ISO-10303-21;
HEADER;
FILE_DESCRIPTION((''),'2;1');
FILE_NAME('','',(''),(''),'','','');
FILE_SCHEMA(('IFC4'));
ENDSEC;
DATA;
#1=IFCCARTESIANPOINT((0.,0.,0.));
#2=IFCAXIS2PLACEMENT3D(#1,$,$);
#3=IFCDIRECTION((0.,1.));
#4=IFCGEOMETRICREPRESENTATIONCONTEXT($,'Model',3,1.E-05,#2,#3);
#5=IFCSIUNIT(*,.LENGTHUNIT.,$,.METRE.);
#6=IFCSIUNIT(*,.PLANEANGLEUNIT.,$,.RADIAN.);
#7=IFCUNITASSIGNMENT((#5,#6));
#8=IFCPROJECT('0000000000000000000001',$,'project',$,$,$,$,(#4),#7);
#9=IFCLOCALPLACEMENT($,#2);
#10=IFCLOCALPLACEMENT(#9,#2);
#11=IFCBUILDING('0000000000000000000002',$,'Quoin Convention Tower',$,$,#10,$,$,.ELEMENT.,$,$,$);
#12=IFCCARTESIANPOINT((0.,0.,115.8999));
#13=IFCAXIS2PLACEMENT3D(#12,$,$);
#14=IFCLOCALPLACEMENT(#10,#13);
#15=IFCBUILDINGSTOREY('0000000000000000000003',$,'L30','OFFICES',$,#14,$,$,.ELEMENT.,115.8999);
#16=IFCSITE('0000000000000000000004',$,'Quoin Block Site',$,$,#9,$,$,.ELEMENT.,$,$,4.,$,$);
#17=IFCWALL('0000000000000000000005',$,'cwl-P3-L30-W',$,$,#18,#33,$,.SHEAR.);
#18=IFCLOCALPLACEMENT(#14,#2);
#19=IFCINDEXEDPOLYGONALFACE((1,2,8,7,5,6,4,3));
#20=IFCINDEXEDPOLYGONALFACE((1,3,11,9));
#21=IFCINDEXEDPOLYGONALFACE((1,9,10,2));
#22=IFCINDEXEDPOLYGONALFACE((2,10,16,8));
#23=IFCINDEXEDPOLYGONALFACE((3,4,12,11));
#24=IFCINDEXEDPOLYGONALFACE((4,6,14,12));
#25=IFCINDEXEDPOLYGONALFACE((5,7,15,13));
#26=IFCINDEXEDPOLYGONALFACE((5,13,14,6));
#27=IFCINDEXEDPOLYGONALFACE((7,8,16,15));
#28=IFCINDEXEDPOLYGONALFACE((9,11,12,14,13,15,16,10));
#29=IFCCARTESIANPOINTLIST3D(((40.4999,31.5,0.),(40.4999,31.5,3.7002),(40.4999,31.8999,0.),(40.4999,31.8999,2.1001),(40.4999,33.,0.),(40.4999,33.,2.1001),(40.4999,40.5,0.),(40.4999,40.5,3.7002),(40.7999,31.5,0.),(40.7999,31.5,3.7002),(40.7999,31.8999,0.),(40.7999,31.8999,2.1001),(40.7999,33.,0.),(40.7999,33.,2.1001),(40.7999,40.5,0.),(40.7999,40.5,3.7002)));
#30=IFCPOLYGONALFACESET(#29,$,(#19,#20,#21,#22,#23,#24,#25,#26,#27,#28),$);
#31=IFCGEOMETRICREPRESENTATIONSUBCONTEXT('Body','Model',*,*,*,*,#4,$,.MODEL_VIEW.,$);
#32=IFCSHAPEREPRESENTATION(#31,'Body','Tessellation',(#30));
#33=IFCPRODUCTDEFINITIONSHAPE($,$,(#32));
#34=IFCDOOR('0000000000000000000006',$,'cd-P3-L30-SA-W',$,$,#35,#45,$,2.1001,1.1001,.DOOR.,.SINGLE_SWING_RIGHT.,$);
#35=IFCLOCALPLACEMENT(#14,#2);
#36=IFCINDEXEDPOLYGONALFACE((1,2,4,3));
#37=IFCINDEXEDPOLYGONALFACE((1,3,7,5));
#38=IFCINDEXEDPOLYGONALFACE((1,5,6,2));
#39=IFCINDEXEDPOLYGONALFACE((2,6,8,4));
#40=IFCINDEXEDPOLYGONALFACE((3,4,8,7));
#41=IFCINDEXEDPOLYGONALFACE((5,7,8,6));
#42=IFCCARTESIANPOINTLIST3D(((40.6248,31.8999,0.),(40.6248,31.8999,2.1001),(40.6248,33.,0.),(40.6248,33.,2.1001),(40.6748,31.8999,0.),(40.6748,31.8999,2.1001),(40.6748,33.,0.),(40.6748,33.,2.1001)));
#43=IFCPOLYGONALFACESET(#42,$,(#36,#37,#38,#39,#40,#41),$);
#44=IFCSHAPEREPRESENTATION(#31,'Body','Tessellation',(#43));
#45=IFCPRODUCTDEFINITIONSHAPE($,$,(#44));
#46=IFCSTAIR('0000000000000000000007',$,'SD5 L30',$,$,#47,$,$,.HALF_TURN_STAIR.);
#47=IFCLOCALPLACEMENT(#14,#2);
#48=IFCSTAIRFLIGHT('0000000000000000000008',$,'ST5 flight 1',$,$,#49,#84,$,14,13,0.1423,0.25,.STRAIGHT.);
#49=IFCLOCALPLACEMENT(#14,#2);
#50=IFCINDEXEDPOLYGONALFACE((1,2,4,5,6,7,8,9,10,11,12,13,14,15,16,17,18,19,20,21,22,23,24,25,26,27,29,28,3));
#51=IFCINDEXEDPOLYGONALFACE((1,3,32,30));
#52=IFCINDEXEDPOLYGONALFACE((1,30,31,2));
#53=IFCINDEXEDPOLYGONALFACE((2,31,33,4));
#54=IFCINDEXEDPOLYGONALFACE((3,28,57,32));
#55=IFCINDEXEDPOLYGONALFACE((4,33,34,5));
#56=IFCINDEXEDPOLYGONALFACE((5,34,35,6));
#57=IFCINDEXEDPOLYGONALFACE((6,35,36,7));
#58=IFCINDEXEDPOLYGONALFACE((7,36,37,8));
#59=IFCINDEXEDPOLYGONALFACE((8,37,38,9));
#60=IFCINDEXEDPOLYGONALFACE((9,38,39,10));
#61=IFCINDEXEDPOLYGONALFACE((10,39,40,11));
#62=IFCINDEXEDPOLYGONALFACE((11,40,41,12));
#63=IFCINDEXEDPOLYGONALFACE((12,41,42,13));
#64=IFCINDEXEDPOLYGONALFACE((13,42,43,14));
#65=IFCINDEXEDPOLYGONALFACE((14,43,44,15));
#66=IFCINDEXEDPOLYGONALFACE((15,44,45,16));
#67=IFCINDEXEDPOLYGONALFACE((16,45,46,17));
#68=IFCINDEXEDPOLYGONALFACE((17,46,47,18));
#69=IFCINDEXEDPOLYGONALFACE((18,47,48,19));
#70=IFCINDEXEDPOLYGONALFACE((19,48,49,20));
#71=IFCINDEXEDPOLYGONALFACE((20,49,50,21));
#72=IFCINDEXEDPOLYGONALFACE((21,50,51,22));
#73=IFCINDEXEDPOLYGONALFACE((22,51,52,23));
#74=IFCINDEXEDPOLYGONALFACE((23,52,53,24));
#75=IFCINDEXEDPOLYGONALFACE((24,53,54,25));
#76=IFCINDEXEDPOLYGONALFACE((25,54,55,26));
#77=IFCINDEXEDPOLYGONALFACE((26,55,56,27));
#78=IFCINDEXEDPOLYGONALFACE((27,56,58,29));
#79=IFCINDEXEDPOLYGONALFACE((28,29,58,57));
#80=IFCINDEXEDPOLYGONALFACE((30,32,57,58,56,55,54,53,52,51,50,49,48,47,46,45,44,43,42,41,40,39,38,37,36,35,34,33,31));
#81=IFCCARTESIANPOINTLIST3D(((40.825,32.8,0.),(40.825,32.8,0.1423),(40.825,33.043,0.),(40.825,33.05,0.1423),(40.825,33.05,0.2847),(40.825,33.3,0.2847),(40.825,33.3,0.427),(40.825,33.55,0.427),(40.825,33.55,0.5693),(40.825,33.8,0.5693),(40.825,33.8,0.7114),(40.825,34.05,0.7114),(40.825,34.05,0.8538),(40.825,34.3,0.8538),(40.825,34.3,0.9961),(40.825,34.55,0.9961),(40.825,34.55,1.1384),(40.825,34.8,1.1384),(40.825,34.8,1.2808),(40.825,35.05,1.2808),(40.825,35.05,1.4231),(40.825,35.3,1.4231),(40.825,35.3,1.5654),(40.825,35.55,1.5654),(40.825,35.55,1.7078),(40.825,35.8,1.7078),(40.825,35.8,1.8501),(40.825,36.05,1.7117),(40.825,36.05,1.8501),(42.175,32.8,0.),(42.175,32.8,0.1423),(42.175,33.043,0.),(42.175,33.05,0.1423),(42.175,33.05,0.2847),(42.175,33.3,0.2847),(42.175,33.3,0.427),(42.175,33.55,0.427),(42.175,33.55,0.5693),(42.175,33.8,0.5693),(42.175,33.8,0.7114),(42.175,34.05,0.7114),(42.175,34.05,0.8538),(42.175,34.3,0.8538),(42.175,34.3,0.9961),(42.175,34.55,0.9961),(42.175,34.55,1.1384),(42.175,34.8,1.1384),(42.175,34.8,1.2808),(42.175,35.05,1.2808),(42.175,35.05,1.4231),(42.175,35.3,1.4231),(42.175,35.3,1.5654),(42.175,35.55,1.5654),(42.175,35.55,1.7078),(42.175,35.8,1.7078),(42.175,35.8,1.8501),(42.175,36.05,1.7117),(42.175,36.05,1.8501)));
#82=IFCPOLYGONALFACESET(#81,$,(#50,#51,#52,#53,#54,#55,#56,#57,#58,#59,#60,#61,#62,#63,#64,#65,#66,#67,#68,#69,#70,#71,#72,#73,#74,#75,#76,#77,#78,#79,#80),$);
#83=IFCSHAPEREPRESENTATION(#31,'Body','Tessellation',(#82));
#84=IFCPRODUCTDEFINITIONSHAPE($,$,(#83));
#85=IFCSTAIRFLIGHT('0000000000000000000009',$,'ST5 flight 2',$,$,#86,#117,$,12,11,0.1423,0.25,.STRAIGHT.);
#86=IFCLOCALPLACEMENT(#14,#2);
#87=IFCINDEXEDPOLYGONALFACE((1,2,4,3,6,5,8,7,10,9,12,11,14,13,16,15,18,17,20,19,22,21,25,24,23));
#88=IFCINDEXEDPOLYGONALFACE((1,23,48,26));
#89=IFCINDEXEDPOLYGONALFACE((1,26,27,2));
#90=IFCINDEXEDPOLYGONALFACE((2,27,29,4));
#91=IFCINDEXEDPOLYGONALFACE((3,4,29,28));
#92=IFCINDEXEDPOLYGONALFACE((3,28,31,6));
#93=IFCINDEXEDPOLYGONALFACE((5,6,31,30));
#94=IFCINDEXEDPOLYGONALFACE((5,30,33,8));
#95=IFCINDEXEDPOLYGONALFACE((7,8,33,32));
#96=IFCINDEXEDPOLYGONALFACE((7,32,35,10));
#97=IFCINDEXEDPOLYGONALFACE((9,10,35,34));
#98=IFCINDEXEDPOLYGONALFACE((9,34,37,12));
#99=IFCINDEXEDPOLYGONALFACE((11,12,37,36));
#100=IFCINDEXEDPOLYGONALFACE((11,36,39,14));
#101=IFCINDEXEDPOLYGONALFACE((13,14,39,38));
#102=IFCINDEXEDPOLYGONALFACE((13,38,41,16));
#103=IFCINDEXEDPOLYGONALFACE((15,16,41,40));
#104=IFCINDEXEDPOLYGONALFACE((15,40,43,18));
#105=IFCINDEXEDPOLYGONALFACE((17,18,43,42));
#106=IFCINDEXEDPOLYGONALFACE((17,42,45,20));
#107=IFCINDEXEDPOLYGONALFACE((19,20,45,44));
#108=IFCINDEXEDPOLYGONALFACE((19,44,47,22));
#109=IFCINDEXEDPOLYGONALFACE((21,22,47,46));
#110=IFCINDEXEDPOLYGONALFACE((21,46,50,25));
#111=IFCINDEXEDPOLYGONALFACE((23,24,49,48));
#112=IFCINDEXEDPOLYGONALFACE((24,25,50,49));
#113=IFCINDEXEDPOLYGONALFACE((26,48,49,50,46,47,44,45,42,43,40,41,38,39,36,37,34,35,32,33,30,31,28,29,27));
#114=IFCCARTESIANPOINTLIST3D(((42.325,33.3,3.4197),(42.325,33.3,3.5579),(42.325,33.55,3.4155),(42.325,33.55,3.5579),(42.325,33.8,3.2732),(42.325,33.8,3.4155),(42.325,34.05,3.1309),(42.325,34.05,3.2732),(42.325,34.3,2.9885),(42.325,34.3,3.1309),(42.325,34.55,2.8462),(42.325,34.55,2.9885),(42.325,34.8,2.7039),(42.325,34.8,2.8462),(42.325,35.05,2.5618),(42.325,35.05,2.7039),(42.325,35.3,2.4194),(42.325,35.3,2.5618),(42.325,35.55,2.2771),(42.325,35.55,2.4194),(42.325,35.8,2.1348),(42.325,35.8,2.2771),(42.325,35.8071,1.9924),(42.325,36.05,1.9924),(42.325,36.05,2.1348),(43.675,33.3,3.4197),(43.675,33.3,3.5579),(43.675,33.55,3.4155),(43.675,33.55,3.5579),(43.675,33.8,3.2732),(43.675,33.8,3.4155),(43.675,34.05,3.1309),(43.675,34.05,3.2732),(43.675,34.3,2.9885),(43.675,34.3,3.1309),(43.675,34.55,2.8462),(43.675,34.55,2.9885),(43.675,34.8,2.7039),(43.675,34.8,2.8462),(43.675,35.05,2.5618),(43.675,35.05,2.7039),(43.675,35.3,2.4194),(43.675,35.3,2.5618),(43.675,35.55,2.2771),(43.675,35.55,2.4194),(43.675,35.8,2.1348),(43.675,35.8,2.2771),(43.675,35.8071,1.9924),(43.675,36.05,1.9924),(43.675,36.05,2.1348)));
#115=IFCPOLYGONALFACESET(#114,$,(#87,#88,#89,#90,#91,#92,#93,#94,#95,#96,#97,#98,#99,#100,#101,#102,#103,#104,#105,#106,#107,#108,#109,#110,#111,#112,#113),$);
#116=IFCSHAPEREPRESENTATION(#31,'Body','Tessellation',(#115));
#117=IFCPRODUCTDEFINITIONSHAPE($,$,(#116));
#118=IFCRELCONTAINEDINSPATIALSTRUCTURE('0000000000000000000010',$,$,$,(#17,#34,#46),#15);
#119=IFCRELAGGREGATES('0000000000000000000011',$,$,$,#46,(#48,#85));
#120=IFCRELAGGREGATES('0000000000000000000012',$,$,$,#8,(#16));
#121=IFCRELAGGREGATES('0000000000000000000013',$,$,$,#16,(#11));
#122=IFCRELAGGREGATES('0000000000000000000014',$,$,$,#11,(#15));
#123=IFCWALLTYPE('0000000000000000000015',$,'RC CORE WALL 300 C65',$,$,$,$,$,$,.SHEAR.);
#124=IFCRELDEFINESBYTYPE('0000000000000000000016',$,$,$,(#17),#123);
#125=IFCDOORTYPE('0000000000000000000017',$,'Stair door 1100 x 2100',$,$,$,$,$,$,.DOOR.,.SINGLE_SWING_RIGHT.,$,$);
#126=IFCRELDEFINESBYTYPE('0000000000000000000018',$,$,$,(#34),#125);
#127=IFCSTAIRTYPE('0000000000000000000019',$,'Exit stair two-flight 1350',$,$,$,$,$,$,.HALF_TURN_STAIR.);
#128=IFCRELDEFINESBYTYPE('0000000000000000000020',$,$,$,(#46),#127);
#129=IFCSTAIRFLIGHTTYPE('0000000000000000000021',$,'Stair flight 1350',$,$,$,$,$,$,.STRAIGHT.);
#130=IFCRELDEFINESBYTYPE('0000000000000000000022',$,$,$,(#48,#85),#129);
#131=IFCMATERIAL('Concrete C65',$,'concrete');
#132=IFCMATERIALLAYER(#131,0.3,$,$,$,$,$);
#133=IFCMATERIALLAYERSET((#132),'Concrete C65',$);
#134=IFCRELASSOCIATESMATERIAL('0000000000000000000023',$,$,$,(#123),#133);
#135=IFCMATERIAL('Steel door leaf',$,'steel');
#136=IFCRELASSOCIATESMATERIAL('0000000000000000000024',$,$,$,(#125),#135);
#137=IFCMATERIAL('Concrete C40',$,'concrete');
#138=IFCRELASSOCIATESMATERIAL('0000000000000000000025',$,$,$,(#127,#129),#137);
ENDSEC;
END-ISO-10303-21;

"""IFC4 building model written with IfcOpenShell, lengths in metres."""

from ifc_helpers import new_model, si_unit, direction, frame, frame_2d, origin, place, context, subcontext, project, spatial, polyline, rectangle, outline, extrude, material, layer, layer_set, type_object, element, fill, aggregate, save


model = new_model("IFC4")

# Units and contexts
model_context = context("Model", 3, precision=1e-05, world=origin(), true_north=direction((0.0, 1.0)))
body_context = subcontext(model_context, "Body", "Model", "MODEL_VIEW")
ifc_project = project(units=[si_unit("LENGTHUNIT", "METRE"), si_unit("PLANEANGLEUNIT", "RADIAN")], contexts=[model_context])

# Site, building, storey
site_placement = place(None, origin())
site = spatial("IfcSite", under=ifc_project, at=site_placement, Name="Quoin Block Site", CompositionType="ELEMENT", RefElevation=4.0)
building_placement = place(site_placement, origin())
building = spatial("IfcBuilding", under=site, at=building_placement, Name="Quoin Convention Tower", CompositionType="ELEMENT")
storey_placement = place(building_placement, frame((0.0, 0.0, 115.8999)))
storey = spatial("IfcBuildingStorey", under=building, at=storey_placement, Name="L30", Description="OFFICES", CompositionType="ELEMENT", Elevation=115.8999)

# Shared definitions
ifc_material_1 = material(Name="Concrete C65", Category="concrete")

# Wall, opening, door
ifc_layer_1 = layer(ifc_material_1, 0.3)
ifc_layer_set_1 = layer_set([ifc_layer_1], Name="Concrete C65")
wall_type_1 = type_object("IfcWallType", Name="RC CORE WALL 300 C65", PredefinedType="SHEAR", material=ifc_layer_set_1)
ifc_material_2 = material(Name="Steel door leaf", Category="steel")
door_type_1 = type_object("IfcDoorType", Name="Stair door 1100 x 2100", OperationType="SINGLE_SWING_RIGHT", PredefinedType="DOOR", material=ifc_material_2)
wall_1_placement = place(storey_placement, frame((40.6499, 31.5, 0.0), z_axis=(0.0, 0.0, 1.0), x_axis=(0.0, 1.0, 0.0)))
wall_1 = element("IfcWall", 1, at=wall_1_placement, inside=storey, type_object=wall_type_1, Name="cwl-P3-L30-W", PredefinedType="SHEAR", context=body_context, shape_type="SweptSolid", body=[
    extrude(rectangle(XDim=9.0, YDim=0.3, at=frame_2d((4.5, 0.0))), origin(), (0.0, 0.0, 1.0), 3.7002),
])
opening_1_placement = place(wall_1_placement, frame((0.3999, 0.0, 0.0)))
opening_1 = element("IfcOpeningElement", 2, at=opening_1_placement, cuts=wall_1, PredefinedType="OPENING", context=body_context, shape_type="SweptSolid", body=[
    extrude(rectangle(XDim=1.1001, YDim=2.1001, at=frame_2d((0.55, 1.05))), frame((0.0, 0.1599, 0.0), z_axis=(0.0, -1.0, 0.0), x_axis=(1.0, 0.0, 0.0)), (0.0, 0.0, 1.0), 0.3201),
])
door_1_placement = place(opening_1_placement, frame((1.1001, 0.0, 0.0), z_axis=(0.0, 0.0, 1.0), x_axis=(-1.0, 0.0, 0.0)))
door_1 = element("IfcDoor", 3, at=door_1_placement, inside=storey, type_object=door_type_1, Name="cd-P3-L30-SA-W", OperationType="SINGLE_SWING_RIGHT", OverallHeight=2.1001, OverallWidth=1.1001, PredefinedType="DOOR", context=body_context, shape_type="SweptSolid", body=[
    extrude(rectangle(XDim=1.1001, YDim=2.1001, at=frame_2d((0.55, 1.05))), frame((0.0, 0.0249, 0.0), z_axis=(0.0, -1.0, 0.0), x_axis=(1.0, 0.0, 0.0)), (0.0, 0.0, 1.0), 0.05),
])
fill(opening_1, door_1)

# Stair, stair flights
ifc_material_3 = material(Name="Concrete C40", Category="concrete")
stair_type = type_object("IfcStairType", Name="Exit stair two-flight 1350", PredefinedType="HALF_TURN_STAIR", material=ifc_material_3)
stair_placement = place(storey_placement, origin())
stair = element("IfcStair", 4, at=stair_placement, inside=storey, type_object=stair_type, Name="SD5 L30", PredefinedType="HALF_TURN_STAIR")
stair_flight_type = type_object("IfcStairFlightType", Name="Stair flight 1350", PredefinedType="STRAIGHT", material=ifc_material_3)
stair_flight_1_placement = place(storey_placement, frame((41.5, 32.8, 0.0), z_axis=(0.0, 0.0, 1.0), x_axis=(0.0, 1.0, 0.0)))
stair_flight_1 = element("IfcStairFlight", 5, at=stair_flight_1_placement, type_object=stair_flight_type, Name="ST5 flight 1", NumberOfRisers=14, NumberOfTreads=13, PredefinedType="STRAIGHT", RiserHeight=0.1423, TreadLength=0.25, context=body_context, shape_type="SweptSolid", body=[
    extrude(outline(polyline([(0.0, 0.0), (0.0, 0.1423), (0.25, 0.1423), (0.25, 0.2847), (0.5, 0.2847), (0.5, 0.427), (0.75, 0.427), (0.75, 0.5693), (1.0, 0.5693), (1.0, 0.7114), (1.25, 0.7114), (1.25, 0.8538), (1.5, 0.8538), (1.5, 0.9961), (1.75, 0.9961), (1.75, 1.1384), (2.0, 1.1384), (2.0, 1.2808), (2.25, 1.2808), (2.25, 1.4231), (2.5, 1.4231), (2.5, 1.5654), (2.75, 1.5654), (2.75, 1.7078), (3.0, 1.7078), (3.0, 1.8501), (3.25, 1.8501), (3.25, 1.9922), (3.25, 1.7117), (0.2429, 0.0), (0.0, 0.0)])), frame((0.0, 0.675, 0.0), z_axis=(0.0, -1.0, 0.0), x_axis=(1.0, 0.0, 0.0)), (0.0, 0.0, 1.0), 1.3501),
])
stair_flight_2_placement = place(storey_placement, frame((43.0, 36.05, 1.9924), z_axis=(0.0, 0.0, 1.0), x_axis=(0.0, -1.0, 0.0)))
stair_flight_2 = element("IfcStairFlight", 6, at=stair_flight_2_placement, type_object=stair_flight_type, Name="ST5 flight 2", NumberOfRisers=12, NumberOfTreads=11, PredefinedType="STRAIGHT", RiserHeight=0.1423, TreadLength=0.25, context=body_context, shape_type="SweptSolid", body=[
    extrude(outline(polyline([(0.0, 0.0), (0.0, 0.1423), (0.25, 0.1423), (0.25, 0.2847), (0.5, 0.2847), (0.5, 0.427), (0.75, 0.427), (0.75, 0.5693), (1.0, 0.5693), (1.0, 0.7114), (1.25, 0.7114), (1.25, 0.8538), (1.5, 0.8538), (1.5, 0.9961), (1.75, 0.9961), (1.75, 1.1384), (2.0, 1.1384), (2.0, 1.2808), (2.25, 1.2808), (2.25, 1.4231), (2.5, 1.4231), (2.5, 1.5654), (2.75, 1.5654), (2.75, 1.7078), (2.75, 1.4272), (0.2429, 0.0), (0.0, 0.0)])), frame((0.0, 0.675, 0.0), z_axis=(0.0, -1.0, 0.0), x_axis=(1.0, 0.0, 0.0)), (0.0, 0.0, 1.0), 1.3501),
])
aggregate(stair, [stair_flight_1, stair_flight_2])

save(model, "model.ifc")
